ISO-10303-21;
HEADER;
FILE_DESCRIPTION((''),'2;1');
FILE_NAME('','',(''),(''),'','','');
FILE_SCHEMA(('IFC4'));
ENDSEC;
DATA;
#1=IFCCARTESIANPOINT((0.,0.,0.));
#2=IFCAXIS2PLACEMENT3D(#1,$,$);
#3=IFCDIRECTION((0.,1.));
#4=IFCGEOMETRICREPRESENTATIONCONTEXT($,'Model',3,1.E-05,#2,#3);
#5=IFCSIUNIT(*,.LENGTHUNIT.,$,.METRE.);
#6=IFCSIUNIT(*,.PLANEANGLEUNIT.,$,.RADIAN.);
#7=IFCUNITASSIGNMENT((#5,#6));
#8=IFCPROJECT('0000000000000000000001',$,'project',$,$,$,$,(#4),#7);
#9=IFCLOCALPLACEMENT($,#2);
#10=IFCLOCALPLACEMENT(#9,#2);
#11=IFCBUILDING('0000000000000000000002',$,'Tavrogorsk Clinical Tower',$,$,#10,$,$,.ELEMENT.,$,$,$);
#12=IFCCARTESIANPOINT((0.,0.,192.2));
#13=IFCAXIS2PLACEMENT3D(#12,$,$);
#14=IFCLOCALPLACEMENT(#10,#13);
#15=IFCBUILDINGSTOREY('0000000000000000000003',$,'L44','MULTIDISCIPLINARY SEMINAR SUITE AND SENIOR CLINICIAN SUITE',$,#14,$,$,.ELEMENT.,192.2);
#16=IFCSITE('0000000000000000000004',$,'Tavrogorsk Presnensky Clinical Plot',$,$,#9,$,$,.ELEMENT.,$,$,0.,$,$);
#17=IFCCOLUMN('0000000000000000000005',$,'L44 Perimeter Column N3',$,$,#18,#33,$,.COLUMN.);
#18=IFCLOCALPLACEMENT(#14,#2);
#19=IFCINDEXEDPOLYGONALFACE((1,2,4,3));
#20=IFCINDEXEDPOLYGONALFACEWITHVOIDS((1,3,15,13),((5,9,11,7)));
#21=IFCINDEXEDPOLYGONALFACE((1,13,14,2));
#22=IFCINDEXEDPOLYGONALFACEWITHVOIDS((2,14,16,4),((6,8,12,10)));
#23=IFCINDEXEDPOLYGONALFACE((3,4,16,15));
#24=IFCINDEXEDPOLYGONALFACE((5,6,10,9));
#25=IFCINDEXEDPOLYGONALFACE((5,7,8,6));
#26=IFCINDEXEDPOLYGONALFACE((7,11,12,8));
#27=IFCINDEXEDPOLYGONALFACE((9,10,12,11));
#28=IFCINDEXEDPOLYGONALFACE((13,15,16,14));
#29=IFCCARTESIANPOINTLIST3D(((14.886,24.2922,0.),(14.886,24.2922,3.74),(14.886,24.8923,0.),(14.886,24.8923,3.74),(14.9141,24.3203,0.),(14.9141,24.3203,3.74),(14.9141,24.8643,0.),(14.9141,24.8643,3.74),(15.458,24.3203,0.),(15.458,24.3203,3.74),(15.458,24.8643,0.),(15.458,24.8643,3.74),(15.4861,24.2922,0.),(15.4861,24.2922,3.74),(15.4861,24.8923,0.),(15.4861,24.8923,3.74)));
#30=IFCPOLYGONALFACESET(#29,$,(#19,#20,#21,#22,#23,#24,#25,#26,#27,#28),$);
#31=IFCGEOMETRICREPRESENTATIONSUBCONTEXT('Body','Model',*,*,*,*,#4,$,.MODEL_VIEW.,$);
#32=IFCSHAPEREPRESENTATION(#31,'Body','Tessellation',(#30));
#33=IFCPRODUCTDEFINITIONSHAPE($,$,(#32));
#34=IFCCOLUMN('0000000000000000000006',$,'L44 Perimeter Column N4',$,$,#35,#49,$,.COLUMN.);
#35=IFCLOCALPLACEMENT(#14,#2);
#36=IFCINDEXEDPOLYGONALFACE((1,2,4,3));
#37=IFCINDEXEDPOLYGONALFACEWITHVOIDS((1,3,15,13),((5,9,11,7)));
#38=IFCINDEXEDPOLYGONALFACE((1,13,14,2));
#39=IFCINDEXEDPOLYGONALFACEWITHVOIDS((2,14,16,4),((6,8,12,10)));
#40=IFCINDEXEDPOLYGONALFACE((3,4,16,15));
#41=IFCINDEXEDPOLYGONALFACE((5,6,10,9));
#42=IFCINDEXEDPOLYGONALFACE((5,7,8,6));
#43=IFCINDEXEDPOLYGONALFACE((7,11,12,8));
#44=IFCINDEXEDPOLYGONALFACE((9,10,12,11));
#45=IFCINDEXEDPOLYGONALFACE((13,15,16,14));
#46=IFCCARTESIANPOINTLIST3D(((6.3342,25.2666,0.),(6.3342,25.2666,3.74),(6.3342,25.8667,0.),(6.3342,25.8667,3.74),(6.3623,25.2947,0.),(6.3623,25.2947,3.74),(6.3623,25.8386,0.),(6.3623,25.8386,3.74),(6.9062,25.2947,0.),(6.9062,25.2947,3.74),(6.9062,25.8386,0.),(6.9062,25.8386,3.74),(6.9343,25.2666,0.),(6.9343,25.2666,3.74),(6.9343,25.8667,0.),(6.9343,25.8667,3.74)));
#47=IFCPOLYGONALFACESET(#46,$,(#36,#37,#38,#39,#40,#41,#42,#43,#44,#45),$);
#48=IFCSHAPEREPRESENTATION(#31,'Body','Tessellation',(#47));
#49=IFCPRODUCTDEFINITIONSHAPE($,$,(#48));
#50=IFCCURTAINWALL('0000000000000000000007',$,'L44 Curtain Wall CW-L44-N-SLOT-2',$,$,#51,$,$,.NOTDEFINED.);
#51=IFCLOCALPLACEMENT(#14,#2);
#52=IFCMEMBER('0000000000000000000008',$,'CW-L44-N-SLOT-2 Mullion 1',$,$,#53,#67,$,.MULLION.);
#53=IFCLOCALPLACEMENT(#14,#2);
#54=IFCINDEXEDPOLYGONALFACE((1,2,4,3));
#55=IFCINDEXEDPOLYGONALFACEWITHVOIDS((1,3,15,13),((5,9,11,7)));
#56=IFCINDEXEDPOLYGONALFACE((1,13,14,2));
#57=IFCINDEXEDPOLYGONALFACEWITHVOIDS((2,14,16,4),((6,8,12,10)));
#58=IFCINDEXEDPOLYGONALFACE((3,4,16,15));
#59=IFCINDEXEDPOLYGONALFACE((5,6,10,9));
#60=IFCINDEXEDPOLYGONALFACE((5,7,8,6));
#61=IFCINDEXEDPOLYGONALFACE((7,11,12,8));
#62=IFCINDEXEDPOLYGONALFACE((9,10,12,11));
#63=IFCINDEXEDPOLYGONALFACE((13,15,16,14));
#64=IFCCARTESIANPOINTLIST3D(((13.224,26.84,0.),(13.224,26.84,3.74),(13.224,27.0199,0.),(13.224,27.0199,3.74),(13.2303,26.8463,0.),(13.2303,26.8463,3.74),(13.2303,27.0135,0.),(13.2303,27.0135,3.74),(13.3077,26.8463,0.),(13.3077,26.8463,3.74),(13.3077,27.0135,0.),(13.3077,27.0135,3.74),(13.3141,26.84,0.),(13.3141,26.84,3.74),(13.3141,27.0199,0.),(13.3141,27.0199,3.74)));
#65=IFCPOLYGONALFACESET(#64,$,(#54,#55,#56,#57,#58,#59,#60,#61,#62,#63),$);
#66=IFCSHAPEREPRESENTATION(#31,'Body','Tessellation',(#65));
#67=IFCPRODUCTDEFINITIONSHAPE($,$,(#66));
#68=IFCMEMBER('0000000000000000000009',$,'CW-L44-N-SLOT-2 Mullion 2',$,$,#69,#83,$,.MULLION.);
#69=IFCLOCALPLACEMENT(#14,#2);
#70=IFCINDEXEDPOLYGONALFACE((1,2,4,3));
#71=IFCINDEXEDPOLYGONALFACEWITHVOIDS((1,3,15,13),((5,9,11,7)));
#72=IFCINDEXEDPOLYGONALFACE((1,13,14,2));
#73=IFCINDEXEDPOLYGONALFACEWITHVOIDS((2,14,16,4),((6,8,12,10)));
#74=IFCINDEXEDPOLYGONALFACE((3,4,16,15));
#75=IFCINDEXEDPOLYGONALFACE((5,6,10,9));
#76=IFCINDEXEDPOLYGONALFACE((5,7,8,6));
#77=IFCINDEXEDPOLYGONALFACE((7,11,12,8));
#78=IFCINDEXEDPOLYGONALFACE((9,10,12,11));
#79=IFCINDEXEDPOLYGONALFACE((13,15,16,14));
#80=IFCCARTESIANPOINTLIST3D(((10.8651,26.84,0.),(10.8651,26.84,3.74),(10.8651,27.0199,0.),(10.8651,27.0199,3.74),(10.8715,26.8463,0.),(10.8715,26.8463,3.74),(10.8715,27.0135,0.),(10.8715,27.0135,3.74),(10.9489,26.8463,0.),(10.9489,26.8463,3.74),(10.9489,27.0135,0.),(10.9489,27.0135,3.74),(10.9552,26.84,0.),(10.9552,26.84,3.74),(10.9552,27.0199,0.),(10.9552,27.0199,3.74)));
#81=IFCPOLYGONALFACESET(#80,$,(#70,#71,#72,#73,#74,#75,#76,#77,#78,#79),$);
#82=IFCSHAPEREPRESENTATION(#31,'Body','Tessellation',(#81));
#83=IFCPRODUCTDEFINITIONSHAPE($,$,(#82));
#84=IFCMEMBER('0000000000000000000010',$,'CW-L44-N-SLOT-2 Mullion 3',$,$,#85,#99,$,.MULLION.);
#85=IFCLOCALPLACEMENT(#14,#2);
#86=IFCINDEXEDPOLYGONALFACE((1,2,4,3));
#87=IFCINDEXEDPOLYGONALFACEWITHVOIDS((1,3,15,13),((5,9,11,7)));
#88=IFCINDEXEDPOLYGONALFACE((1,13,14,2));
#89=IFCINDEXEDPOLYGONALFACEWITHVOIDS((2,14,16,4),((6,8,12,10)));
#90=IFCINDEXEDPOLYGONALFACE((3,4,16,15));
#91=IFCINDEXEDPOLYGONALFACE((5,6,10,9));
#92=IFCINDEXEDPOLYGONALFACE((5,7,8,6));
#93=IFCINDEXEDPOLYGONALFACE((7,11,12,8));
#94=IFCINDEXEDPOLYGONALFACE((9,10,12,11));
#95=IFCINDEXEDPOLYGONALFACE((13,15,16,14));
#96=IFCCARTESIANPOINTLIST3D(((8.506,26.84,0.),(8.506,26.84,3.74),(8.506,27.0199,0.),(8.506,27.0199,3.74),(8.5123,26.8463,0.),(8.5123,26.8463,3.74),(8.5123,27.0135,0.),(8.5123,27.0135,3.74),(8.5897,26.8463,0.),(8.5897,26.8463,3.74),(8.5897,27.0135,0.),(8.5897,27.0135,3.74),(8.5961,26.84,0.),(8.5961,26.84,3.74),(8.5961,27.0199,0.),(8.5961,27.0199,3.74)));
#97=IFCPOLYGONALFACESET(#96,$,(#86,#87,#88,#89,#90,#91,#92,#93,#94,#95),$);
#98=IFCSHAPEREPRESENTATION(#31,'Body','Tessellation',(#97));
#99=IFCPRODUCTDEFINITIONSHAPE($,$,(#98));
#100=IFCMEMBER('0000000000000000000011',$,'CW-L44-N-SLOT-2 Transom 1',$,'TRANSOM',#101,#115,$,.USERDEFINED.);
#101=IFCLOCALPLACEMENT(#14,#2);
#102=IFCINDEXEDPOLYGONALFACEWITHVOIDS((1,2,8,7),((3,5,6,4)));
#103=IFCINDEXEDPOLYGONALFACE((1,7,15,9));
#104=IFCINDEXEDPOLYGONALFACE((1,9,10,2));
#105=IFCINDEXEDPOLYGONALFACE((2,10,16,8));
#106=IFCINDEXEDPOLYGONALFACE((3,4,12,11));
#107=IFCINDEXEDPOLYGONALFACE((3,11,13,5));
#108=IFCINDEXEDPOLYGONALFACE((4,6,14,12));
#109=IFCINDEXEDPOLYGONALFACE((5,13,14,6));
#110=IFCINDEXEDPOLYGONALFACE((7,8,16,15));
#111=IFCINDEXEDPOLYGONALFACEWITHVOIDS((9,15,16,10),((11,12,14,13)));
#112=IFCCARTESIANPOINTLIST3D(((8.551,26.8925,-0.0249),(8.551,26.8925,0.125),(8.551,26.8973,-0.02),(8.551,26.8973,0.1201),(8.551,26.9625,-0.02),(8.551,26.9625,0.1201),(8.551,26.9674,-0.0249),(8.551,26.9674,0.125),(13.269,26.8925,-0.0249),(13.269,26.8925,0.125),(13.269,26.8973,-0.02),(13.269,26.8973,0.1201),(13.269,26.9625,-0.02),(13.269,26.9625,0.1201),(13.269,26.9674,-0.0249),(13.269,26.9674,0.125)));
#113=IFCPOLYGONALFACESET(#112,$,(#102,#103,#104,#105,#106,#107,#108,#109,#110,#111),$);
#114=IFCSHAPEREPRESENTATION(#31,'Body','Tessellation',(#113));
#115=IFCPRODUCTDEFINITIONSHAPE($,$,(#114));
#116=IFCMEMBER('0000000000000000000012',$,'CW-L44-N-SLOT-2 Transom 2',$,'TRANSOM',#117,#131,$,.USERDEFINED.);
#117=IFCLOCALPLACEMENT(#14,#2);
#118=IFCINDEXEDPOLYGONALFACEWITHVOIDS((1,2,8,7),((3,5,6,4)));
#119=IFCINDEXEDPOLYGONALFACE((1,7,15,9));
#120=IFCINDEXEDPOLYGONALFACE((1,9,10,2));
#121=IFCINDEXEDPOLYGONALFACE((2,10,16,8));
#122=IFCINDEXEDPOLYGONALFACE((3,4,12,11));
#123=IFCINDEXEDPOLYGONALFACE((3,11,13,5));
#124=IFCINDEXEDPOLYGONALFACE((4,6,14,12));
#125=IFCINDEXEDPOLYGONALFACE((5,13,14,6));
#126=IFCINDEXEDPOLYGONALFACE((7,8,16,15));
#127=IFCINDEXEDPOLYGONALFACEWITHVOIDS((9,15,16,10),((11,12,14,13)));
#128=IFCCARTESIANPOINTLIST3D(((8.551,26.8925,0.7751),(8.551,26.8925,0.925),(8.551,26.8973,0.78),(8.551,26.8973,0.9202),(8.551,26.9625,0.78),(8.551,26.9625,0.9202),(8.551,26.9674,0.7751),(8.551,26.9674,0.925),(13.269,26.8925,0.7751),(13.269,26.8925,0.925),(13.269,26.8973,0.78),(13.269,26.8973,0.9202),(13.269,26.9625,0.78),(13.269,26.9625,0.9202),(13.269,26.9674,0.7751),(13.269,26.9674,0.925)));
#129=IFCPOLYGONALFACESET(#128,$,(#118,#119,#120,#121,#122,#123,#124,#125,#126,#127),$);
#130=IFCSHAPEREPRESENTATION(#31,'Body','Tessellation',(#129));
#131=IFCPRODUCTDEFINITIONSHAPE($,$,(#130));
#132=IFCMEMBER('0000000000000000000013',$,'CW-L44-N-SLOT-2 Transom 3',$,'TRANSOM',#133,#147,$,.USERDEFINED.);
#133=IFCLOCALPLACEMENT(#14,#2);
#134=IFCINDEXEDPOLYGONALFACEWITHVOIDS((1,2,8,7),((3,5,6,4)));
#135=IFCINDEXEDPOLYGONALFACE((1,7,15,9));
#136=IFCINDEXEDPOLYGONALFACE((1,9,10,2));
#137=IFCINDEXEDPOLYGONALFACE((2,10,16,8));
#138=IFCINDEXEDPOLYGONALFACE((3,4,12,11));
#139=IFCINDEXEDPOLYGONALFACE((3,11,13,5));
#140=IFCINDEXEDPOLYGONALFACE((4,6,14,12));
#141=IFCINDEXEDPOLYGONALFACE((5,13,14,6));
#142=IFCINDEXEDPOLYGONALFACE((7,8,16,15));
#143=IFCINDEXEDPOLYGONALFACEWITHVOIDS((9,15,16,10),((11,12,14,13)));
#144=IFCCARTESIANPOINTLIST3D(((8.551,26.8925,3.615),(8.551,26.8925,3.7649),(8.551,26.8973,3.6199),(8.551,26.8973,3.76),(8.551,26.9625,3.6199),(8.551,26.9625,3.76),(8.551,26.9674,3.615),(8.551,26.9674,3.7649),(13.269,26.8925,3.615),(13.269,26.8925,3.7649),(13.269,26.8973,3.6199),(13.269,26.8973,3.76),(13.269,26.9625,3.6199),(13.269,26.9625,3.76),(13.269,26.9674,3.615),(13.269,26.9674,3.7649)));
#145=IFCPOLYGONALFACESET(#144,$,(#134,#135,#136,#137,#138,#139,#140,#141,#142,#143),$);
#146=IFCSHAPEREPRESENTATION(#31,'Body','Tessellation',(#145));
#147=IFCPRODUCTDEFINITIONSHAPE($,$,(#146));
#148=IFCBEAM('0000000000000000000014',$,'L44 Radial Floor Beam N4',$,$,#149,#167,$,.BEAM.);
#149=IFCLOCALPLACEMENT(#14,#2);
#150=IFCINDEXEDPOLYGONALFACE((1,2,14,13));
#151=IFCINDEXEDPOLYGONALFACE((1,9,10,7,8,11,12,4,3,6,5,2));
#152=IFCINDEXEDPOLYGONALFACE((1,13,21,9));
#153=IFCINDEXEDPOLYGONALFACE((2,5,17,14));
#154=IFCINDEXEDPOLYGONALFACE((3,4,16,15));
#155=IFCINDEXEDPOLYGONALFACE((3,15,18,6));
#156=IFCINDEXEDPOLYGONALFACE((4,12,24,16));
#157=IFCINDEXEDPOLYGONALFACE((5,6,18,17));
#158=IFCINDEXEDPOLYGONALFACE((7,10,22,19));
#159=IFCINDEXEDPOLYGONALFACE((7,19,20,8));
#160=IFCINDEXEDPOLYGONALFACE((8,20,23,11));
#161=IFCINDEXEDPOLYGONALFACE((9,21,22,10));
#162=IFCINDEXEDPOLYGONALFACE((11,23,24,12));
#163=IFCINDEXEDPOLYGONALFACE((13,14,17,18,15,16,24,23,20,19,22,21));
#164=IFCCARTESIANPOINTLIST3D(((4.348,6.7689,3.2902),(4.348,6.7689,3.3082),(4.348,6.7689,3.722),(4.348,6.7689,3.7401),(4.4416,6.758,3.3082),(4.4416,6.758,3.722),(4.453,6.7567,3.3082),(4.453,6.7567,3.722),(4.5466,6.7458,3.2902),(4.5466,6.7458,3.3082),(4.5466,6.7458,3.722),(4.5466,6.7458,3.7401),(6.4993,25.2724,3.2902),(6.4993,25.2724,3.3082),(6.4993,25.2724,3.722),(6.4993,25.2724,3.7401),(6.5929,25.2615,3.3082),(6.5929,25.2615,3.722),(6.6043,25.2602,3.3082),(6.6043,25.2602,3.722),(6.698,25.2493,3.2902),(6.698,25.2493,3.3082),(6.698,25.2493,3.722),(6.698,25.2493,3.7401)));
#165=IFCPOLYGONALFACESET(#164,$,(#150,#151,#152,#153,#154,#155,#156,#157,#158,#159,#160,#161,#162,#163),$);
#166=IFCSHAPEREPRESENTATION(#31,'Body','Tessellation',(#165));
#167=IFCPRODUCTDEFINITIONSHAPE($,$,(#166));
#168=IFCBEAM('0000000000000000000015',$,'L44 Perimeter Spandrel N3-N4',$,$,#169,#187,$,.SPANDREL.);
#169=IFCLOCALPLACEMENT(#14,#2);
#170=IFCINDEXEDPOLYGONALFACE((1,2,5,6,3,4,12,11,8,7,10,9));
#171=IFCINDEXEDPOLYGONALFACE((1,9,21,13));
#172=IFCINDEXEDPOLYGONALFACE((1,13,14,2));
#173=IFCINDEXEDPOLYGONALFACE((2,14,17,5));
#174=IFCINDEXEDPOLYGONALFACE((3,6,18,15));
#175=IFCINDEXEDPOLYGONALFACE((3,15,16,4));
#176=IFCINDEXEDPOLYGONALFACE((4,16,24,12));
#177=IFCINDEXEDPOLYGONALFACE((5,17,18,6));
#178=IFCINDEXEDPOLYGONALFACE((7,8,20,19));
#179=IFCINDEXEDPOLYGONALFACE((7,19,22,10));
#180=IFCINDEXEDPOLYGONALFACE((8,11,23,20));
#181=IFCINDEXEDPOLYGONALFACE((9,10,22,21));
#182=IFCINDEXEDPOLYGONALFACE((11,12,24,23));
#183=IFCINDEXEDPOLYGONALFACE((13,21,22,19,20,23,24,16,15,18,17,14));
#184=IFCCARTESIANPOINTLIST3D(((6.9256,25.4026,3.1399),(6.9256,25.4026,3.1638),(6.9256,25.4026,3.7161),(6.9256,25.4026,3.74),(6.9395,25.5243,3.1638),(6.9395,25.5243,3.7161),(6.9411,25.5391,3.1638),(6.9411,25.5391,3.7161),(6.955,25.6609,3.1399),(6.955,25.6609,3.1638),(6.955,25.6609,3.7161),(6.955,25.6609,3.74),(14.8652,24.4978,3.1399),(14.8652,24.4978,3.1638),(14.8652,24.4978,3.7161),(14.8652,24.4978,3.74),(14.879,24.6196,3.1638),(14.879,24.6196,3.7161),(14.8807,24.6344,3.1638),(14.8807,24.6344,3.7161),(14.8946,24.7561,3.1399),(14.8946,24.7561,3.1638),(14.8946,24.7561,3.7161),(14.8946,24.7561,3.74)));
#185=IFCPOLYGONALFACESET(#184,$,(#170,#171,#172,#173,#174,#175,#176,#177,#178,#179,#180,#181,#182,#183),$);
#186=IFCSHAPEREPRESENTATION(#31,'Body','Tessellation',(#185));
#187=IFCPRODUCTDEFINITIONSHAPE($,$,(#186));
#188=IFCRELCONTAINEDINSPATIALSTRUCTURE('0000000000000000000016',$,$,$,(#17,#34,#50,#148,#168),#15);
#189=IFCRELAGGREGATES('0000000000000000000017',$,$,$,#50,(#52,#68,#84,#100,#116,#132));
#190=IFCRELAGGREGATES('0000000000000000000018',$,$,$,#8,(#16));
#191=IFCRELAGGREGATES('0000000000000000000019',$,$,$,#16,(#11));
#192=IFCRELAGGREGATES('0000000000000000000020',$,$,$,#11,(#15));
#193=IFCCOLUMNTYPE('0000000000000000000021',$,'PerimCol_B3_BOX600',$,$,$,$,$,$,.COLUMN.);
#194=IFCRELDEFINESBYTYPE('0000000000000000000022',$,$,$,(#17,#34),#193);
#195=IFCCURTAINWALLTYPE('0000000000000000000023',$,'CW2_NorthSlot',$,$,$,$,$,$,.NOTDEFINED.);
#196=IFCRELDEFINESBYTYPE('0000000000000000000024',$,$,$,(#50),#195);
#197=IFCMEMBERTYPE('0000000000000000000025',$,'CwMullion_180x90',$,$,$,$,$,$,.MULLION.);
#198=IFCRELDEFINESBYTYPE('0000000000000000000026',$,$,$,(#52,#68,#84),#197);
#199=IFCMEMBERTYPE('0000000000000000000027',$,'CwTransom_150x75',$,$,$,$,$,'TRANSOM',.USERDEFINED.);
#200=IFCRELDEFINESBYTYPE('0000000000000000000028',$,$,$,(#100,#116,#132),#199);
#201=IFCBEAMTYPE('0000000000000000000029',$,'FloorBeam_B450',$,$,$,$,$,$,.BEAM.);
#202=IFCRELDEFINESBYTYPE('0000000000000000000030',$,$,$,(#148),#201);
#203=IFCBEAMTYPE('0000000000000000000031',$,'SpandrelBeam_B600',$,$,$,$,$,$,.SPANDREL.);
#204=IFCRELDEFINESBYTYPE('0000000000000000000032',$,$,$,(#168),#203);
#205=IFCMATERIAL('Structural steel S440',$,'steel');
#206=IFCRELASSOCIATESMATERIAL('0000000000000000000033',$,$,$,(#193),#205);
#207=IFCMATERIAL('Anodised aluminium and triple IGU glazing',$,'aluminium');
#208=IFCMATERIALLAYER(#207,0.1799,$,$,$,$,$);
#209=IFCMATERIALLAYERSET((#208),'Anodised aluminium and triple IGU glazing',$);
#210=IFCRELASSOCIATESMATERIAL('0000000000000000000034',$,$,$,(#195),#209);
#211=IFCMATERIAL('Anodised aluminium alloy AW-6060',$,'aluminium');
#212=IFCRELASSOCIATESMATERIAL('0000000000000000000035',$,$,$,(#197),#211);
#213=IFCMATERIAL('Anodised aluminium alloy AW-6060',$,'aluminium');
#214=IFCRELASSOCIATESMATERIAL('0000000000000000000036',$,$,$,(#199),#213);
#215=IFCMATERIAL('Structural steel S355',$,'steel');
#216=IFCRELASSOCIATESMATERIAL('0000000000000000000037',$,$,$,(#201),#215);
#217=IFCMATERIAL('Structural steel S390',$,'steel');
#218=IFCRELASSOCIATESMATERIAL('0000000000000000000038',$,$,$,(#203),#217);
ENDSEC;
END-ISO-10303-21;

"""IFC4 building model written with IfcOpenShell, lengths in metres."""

from ifc_helpers import new_model, si_unit, direction, frame, origin, origin_2d, place, context, subcontext, project, spatial, hollow_rectangle, i_section, extrude, material, layer, layer_set, material_profile, profile_set, type_object, element, aggregate, save


model = new_model("IFC4")

# Units and contexts
model_context = context("Model", 3, precision=1e-05, world=origin(), true_north=direction((0.0, 1.0)))
body_context = subcontext(model_context, "Body", "Model", "MODEL_VIEW")
ifc_project = project(units=[si_unit("LENGTHUNIT", "METRE"), si_unit("PLANEANGLEUNIT", "RADIAN")], contexts=[model_context])

# Site, building, storey
site_placement = place(None, origin())
site = spatial("IfcSite", under=ifc_project, at=site_placement, Name="Tavrogorsk Presnensky Clinical Plot", CompositionType="ELEMENT", RefElevation=0.0)
building_placement = place(site_placement, origin())
building = spatial("IfcBuilding", under=site, at=building_placement, Name="Tavrogorsk Clinical Tower", CompositionType="ELEMENT")
storey_placement = place(building_placement, frame((0.0, 0.0, 192.2)))
storey = spatial("IfcBuildingStorey", under=building, at=storey_placement, Name="L44", Description="MULTIDISCIPLINARY SEMINAR SUITE AND SENIOR CLINICIAN SUITE", CompositionType="ELEMENT", Elevation=192.2)

# Columns
ifc_material_1 = material(Name="Structural steel S440", Category="steel")
ifc_material_profile_1 = material_profile(ifc_material_1, hollow_rectangle(XDim=0.6001, YDim=0.6001, WallThickness=0.0281, at=origin_2d()), Name="BOX-600x600x28")
ifc_profile_set_1 = profile_set([ifc_material_profile_1], Name="Structural steel S440")
column_type = type_object("IfcColumnType", Name="PerimCol_B3_BOX600", PredefinedType="COLUMN", material=ifc_profile_set_1)
for number, where, z_axis, x_axis, name in (
    (1, (15.186, 24.5923, 0.0), (0.0, 0.0, 1.0), (1.0, 0.0, 0.0), "L44 Perimeter Column N3"),
    (2, (6.6343, 25.5667, 0.0), (0.0, 0.0, 1.0), (1.0, 0.0, 0.0), "L44 Perimeter Column N4"),
):
    element("IfcColumn", number, at=place(storey_placement, frame(where, z_axis=z_axis, x_axis=x_axis)), inside=storey, type_object=column_type, Name=name, PredefinedType="COLUMN", context=body_context, shape_type="SweptSolid", body=[
        extrude(hollow_rectangle(XDim=0.6001, YDim=0.6001, WallThickness=0.0281, at=origin_2d()), origin(), (0.0, 0.0, 1.0), 3.74),
    ])

# Curtain wall, members
ifc_material_2 = material(Name="Anodised aluminium and triple IGU glazing", Category="aluminium")
ifc_layer_1 = layer(ifc_material_2, 0.1799)
ifc_layer_set_1 = layer_set([ifc_layer_1], Name="Anodised aluminium and triple IGU glazing")
curtain_wall_type = type_object("IfcCurtainWallType", Name="CW2_NorthSlot", PredefinedType="NOTDEFINED", material=ifc_layer_set_1)
curtain_wall_placement = place(storey_placement, origin())
curtain_wall = element("IfcCurtainWall", 3, at=curtain_wall_placement, inside=storey, type_object=curtain_wall_type, Name="L44 Curtain Wall CW-L44-N-SLOT-2", PredefinedType="NOTDEFINED")
ifc_material_3 = material(Name="Anodised aluminium alloy AW-6060", Category="aluminium")
ifc_material_profile_2 = material_profile(ifc_material_3, hollow_rectangle(XDim=0.0901, YDim=0.1799, WallThickness=0.0063, at=origin_2d()), Name="RHS-180x90x6.3")
ifc_profile_set_2 = profile_set([ifc_material_profile_2], Name="Anodised aluminium alloy AW-6060")
member_type_1 = type_object("IfcMemberType", Name="CwMullion_180x90", PredefinedType="MULLION", material=ifc_profile_set_2)
member_1_placement = place(storey_placement, frame((13.269, 26.9299, 0.0), z_axis=(0.0, 0.0, 1.0), x_axis=(-1.0, 0.0, 0.0)))
member_1 = element("IfcMember", 4, at=member_1_placement, type_object=member_type_1, Name="CW-L44-N-SLOT-2 Mullion 1", PredefinedType="MULLION", context=body_context, shape_type="SweptSolid", body=[
    extrude(hollow_rectangle(XDim=0.0901, YDim=0.1799, WallThickness=0.0063, at=origin_2d()), origin(), (0.0, 0.0, 1.0), 3.74),
])
member_2_placement = place(storey_placement, frame((10.9102, 26.9299, 0.0), z_axis=(0.0, 0.0, 1.0), x_axis=(-1.0, 0.0, 0.0)))
member_2 = element("IfcMember", 5, at=member_2_placement, type_object=member_type_1, Name="CW-L44-N-SLOT-2 Mullion 2", PredefinedType="MULLION", context=body_context, shape_type="SweptSolid", body=[
    extrude(hollow_rectangle(XDim=0.0901, YDim=0.1799, WallThickness=0.0063, at=origin_2d()), origin(), (0.0, 0.0, 1.0), 3.74),
])
member_3_placement = place(storey_placement, frame((8.551, 26.9299, 0.0), z_axis=(0.0, 0.0, 1.0), x_axis=(-1.0, 0.0, 0.0)))
member_3 = element("IfcMember", 6, at=member_3_placement, type_object=member_type_1, Name="CW-L44-N-SLOT-2 Mullion 3", PredefinedType="MULLION", context=body_context, shape_type="SweptSolid", body=[
    extrude(hollow_rectangle(XDim=0.0901, YDim=0.1799, WallThickness=0.0063, at=origin_2d()), origin(), (0.0, 0.0, 1.0), 3.74),
])
ifc_material_4 = material(Name="Anodised aluminium alloy AW-6060", Category="aluminium")
ifc_material_profile_3 = material_profile(ifc_material_4, hollow_rectangle(XDim=0.075, YDim=0.1499, WallThickness=0.0049, at=origin_2d()), Name="RHS-150x75x5")
ifc_profile_set_3 = profile_set([ifc_material_profile_3], Name="Anodised aluminium alloy AW-6060")
member_type_2 = type_object("IfcMemberType", Name="CwTransom_150x75", ElementType="TRANSOM", PredefinedType="USERDEFINED", material=ifc_profile_set_3)
member_4_placement = place(storey_placement, frame((13.269, 26.9299, 0.05), z_axis=(-1.0, 0.0, 0.0), x_axis=(0.0, -1.0, 0.0)))
member_4 = element("IfcMember", 7, at=member_4_placement, type_object=member_type_2, Name="CW-L44-N-SLOT-2 Transom 1", ObjectType="TRANSOM", PredefinedType="USERDEFINED", context=body_context, shape_type="SweptSolid", body=[
    extrude(hollow_rectangle(XDim=0.075, YDim=0.1499, WallThickness=0.0049, at=origin_2d()), origin(), (0.0, 0.0, 1.0), 4.718),
])
member_5_placement = place(storey_placement, frame((13.269, 26.9299, 0.8501), z_axis=(-1.0, 0.0, 0.0), x_axis=(0.0, -1.0, 0.0)))
member_5 = element("IfcMember", 8, at=member_5_placement, type_object=member_type_2, Name="CW-L44-N-SLOT-2 Transom 2", ObjectType="TRANSOM", PredefinedType="USERDEFINED", context=body_context, shape_type="SweptSolid", body=[
    extrude(hollow_rectangle(XDim=0.075, YDim=0.1499, WallThickness=0.0049, at=origin_2d()), origin(), (0.0, 0.0, 1.0), 4.718),
])
member_6_placement = place(storey_placement, frame((13.269, 26.9299, 3.6899), z_axis=(-1.0, 0.0, 0.0), x_axis=(0.0, -1.0, 0.0)))
member_6 = element("IfcMember", 9, at=member_6_placement, type_object=member_type_2, Name="CW-L44-N-SLOT-2 Transom 3", ObjectType="TRANSOM", PredefinedType="USERDEFINED", context=body_context, shape_type="SweptSolid", body=[
    extrude(hollow_rectangle(XDim=0.075, YDim=0.1499, WallThickness=0.0049, at=origin_2d()), origin(), (0.0, 0.0, 1.0), 4.718),
])

# Beams
ifc_material_5 = material(Name="Structural steel S355", Category="steel")
ifc_material_profile_4 = material_profile(ifc_material_5, i_section(OverallWidth=0.2, OverallDepth=0.45, WebThickness=0.0115, FlangeThickness=0.0181, at=origin_2d()), Name="B-450x200x11.5x18")
ifc_profile_set_4 = profile_set([ifc_material_profile_4], Name="Structural steel S355")
beam_type_1 = type_object("IfcBeamType", Name="FloorBeam_B450", PredefinedType="BEAM", material=ifc_profile_set_4)
beam_1_placement = place(storey_placement, frame((4.4473, 6.7573, 3.5151), z_axis=(0.115491, 0.993309, 0.0), x_axis=(-0.993309, 0.115491, 0.0)))
element("IfcBeam", 10, at=beam_1_placement, inside=storey, type_object=beam_type_1, Name="L44 Radial Floor Beam N4", PredefinedType="BEAM", context=body_context, shape_type="SweptSolid", body=[
    extrude(i_section(OverallWidth=0.2, OverallDepth=0.45, WebThickness=0.0115, FlangeThickness=0.0181, at=origin_2d()), origin(), (0.0, 0.0, 1.0), 18.6282),
])
ifc_material_6 = material(Name="Structural steel S390", Category="steel")
ifc_material_profile_5 = material_profile(ifc_material_6, i_section(OverallWidth=0.26, OverallDepth=0.6001, WebThickness=0.0149, FlangeThickness=0.0239, at=origin_2d()), Name="B-600x260x15x24")
ifc_profile_set_5 = profile_set([ifc_material_profile_5], Name="Structural steel S390")
beam_type_2 = type_object("IfcBeamType", Name="SpandrelBeam_B600", PredefinedType="SPANDREL", material=ifc_profile_set_5)
beam_2_placement = place(storey_placement, frame((14.8799, 24.627, 3.4399), z_axis=(-0.993569, 0.113224, 0.0), x_axis=(-0.113224, -0.993569, 0.0)))
element("IfcBeam", 11, at=beam_2_placement, inside=storey, type_object=beam_type_2, Name="L44 Perimeter Spandrel N3-N4", PredefinedType="SPANDREL", context=body_context, shape_type="SweptSolid", body=[
    extrude(i_section(OverallWidth=0.26, OverallDepth=0.6001, WebThickness=0.0149, FlangeThickness=0.0239, at=origin_2d()), origin(), (0.0, 0.0, 1.0), 7.991),
])

aggregate(curtain_wall, [member_1, member_2, member_3, member_4, member_5, member_6])

save(model, "model.ifc")
